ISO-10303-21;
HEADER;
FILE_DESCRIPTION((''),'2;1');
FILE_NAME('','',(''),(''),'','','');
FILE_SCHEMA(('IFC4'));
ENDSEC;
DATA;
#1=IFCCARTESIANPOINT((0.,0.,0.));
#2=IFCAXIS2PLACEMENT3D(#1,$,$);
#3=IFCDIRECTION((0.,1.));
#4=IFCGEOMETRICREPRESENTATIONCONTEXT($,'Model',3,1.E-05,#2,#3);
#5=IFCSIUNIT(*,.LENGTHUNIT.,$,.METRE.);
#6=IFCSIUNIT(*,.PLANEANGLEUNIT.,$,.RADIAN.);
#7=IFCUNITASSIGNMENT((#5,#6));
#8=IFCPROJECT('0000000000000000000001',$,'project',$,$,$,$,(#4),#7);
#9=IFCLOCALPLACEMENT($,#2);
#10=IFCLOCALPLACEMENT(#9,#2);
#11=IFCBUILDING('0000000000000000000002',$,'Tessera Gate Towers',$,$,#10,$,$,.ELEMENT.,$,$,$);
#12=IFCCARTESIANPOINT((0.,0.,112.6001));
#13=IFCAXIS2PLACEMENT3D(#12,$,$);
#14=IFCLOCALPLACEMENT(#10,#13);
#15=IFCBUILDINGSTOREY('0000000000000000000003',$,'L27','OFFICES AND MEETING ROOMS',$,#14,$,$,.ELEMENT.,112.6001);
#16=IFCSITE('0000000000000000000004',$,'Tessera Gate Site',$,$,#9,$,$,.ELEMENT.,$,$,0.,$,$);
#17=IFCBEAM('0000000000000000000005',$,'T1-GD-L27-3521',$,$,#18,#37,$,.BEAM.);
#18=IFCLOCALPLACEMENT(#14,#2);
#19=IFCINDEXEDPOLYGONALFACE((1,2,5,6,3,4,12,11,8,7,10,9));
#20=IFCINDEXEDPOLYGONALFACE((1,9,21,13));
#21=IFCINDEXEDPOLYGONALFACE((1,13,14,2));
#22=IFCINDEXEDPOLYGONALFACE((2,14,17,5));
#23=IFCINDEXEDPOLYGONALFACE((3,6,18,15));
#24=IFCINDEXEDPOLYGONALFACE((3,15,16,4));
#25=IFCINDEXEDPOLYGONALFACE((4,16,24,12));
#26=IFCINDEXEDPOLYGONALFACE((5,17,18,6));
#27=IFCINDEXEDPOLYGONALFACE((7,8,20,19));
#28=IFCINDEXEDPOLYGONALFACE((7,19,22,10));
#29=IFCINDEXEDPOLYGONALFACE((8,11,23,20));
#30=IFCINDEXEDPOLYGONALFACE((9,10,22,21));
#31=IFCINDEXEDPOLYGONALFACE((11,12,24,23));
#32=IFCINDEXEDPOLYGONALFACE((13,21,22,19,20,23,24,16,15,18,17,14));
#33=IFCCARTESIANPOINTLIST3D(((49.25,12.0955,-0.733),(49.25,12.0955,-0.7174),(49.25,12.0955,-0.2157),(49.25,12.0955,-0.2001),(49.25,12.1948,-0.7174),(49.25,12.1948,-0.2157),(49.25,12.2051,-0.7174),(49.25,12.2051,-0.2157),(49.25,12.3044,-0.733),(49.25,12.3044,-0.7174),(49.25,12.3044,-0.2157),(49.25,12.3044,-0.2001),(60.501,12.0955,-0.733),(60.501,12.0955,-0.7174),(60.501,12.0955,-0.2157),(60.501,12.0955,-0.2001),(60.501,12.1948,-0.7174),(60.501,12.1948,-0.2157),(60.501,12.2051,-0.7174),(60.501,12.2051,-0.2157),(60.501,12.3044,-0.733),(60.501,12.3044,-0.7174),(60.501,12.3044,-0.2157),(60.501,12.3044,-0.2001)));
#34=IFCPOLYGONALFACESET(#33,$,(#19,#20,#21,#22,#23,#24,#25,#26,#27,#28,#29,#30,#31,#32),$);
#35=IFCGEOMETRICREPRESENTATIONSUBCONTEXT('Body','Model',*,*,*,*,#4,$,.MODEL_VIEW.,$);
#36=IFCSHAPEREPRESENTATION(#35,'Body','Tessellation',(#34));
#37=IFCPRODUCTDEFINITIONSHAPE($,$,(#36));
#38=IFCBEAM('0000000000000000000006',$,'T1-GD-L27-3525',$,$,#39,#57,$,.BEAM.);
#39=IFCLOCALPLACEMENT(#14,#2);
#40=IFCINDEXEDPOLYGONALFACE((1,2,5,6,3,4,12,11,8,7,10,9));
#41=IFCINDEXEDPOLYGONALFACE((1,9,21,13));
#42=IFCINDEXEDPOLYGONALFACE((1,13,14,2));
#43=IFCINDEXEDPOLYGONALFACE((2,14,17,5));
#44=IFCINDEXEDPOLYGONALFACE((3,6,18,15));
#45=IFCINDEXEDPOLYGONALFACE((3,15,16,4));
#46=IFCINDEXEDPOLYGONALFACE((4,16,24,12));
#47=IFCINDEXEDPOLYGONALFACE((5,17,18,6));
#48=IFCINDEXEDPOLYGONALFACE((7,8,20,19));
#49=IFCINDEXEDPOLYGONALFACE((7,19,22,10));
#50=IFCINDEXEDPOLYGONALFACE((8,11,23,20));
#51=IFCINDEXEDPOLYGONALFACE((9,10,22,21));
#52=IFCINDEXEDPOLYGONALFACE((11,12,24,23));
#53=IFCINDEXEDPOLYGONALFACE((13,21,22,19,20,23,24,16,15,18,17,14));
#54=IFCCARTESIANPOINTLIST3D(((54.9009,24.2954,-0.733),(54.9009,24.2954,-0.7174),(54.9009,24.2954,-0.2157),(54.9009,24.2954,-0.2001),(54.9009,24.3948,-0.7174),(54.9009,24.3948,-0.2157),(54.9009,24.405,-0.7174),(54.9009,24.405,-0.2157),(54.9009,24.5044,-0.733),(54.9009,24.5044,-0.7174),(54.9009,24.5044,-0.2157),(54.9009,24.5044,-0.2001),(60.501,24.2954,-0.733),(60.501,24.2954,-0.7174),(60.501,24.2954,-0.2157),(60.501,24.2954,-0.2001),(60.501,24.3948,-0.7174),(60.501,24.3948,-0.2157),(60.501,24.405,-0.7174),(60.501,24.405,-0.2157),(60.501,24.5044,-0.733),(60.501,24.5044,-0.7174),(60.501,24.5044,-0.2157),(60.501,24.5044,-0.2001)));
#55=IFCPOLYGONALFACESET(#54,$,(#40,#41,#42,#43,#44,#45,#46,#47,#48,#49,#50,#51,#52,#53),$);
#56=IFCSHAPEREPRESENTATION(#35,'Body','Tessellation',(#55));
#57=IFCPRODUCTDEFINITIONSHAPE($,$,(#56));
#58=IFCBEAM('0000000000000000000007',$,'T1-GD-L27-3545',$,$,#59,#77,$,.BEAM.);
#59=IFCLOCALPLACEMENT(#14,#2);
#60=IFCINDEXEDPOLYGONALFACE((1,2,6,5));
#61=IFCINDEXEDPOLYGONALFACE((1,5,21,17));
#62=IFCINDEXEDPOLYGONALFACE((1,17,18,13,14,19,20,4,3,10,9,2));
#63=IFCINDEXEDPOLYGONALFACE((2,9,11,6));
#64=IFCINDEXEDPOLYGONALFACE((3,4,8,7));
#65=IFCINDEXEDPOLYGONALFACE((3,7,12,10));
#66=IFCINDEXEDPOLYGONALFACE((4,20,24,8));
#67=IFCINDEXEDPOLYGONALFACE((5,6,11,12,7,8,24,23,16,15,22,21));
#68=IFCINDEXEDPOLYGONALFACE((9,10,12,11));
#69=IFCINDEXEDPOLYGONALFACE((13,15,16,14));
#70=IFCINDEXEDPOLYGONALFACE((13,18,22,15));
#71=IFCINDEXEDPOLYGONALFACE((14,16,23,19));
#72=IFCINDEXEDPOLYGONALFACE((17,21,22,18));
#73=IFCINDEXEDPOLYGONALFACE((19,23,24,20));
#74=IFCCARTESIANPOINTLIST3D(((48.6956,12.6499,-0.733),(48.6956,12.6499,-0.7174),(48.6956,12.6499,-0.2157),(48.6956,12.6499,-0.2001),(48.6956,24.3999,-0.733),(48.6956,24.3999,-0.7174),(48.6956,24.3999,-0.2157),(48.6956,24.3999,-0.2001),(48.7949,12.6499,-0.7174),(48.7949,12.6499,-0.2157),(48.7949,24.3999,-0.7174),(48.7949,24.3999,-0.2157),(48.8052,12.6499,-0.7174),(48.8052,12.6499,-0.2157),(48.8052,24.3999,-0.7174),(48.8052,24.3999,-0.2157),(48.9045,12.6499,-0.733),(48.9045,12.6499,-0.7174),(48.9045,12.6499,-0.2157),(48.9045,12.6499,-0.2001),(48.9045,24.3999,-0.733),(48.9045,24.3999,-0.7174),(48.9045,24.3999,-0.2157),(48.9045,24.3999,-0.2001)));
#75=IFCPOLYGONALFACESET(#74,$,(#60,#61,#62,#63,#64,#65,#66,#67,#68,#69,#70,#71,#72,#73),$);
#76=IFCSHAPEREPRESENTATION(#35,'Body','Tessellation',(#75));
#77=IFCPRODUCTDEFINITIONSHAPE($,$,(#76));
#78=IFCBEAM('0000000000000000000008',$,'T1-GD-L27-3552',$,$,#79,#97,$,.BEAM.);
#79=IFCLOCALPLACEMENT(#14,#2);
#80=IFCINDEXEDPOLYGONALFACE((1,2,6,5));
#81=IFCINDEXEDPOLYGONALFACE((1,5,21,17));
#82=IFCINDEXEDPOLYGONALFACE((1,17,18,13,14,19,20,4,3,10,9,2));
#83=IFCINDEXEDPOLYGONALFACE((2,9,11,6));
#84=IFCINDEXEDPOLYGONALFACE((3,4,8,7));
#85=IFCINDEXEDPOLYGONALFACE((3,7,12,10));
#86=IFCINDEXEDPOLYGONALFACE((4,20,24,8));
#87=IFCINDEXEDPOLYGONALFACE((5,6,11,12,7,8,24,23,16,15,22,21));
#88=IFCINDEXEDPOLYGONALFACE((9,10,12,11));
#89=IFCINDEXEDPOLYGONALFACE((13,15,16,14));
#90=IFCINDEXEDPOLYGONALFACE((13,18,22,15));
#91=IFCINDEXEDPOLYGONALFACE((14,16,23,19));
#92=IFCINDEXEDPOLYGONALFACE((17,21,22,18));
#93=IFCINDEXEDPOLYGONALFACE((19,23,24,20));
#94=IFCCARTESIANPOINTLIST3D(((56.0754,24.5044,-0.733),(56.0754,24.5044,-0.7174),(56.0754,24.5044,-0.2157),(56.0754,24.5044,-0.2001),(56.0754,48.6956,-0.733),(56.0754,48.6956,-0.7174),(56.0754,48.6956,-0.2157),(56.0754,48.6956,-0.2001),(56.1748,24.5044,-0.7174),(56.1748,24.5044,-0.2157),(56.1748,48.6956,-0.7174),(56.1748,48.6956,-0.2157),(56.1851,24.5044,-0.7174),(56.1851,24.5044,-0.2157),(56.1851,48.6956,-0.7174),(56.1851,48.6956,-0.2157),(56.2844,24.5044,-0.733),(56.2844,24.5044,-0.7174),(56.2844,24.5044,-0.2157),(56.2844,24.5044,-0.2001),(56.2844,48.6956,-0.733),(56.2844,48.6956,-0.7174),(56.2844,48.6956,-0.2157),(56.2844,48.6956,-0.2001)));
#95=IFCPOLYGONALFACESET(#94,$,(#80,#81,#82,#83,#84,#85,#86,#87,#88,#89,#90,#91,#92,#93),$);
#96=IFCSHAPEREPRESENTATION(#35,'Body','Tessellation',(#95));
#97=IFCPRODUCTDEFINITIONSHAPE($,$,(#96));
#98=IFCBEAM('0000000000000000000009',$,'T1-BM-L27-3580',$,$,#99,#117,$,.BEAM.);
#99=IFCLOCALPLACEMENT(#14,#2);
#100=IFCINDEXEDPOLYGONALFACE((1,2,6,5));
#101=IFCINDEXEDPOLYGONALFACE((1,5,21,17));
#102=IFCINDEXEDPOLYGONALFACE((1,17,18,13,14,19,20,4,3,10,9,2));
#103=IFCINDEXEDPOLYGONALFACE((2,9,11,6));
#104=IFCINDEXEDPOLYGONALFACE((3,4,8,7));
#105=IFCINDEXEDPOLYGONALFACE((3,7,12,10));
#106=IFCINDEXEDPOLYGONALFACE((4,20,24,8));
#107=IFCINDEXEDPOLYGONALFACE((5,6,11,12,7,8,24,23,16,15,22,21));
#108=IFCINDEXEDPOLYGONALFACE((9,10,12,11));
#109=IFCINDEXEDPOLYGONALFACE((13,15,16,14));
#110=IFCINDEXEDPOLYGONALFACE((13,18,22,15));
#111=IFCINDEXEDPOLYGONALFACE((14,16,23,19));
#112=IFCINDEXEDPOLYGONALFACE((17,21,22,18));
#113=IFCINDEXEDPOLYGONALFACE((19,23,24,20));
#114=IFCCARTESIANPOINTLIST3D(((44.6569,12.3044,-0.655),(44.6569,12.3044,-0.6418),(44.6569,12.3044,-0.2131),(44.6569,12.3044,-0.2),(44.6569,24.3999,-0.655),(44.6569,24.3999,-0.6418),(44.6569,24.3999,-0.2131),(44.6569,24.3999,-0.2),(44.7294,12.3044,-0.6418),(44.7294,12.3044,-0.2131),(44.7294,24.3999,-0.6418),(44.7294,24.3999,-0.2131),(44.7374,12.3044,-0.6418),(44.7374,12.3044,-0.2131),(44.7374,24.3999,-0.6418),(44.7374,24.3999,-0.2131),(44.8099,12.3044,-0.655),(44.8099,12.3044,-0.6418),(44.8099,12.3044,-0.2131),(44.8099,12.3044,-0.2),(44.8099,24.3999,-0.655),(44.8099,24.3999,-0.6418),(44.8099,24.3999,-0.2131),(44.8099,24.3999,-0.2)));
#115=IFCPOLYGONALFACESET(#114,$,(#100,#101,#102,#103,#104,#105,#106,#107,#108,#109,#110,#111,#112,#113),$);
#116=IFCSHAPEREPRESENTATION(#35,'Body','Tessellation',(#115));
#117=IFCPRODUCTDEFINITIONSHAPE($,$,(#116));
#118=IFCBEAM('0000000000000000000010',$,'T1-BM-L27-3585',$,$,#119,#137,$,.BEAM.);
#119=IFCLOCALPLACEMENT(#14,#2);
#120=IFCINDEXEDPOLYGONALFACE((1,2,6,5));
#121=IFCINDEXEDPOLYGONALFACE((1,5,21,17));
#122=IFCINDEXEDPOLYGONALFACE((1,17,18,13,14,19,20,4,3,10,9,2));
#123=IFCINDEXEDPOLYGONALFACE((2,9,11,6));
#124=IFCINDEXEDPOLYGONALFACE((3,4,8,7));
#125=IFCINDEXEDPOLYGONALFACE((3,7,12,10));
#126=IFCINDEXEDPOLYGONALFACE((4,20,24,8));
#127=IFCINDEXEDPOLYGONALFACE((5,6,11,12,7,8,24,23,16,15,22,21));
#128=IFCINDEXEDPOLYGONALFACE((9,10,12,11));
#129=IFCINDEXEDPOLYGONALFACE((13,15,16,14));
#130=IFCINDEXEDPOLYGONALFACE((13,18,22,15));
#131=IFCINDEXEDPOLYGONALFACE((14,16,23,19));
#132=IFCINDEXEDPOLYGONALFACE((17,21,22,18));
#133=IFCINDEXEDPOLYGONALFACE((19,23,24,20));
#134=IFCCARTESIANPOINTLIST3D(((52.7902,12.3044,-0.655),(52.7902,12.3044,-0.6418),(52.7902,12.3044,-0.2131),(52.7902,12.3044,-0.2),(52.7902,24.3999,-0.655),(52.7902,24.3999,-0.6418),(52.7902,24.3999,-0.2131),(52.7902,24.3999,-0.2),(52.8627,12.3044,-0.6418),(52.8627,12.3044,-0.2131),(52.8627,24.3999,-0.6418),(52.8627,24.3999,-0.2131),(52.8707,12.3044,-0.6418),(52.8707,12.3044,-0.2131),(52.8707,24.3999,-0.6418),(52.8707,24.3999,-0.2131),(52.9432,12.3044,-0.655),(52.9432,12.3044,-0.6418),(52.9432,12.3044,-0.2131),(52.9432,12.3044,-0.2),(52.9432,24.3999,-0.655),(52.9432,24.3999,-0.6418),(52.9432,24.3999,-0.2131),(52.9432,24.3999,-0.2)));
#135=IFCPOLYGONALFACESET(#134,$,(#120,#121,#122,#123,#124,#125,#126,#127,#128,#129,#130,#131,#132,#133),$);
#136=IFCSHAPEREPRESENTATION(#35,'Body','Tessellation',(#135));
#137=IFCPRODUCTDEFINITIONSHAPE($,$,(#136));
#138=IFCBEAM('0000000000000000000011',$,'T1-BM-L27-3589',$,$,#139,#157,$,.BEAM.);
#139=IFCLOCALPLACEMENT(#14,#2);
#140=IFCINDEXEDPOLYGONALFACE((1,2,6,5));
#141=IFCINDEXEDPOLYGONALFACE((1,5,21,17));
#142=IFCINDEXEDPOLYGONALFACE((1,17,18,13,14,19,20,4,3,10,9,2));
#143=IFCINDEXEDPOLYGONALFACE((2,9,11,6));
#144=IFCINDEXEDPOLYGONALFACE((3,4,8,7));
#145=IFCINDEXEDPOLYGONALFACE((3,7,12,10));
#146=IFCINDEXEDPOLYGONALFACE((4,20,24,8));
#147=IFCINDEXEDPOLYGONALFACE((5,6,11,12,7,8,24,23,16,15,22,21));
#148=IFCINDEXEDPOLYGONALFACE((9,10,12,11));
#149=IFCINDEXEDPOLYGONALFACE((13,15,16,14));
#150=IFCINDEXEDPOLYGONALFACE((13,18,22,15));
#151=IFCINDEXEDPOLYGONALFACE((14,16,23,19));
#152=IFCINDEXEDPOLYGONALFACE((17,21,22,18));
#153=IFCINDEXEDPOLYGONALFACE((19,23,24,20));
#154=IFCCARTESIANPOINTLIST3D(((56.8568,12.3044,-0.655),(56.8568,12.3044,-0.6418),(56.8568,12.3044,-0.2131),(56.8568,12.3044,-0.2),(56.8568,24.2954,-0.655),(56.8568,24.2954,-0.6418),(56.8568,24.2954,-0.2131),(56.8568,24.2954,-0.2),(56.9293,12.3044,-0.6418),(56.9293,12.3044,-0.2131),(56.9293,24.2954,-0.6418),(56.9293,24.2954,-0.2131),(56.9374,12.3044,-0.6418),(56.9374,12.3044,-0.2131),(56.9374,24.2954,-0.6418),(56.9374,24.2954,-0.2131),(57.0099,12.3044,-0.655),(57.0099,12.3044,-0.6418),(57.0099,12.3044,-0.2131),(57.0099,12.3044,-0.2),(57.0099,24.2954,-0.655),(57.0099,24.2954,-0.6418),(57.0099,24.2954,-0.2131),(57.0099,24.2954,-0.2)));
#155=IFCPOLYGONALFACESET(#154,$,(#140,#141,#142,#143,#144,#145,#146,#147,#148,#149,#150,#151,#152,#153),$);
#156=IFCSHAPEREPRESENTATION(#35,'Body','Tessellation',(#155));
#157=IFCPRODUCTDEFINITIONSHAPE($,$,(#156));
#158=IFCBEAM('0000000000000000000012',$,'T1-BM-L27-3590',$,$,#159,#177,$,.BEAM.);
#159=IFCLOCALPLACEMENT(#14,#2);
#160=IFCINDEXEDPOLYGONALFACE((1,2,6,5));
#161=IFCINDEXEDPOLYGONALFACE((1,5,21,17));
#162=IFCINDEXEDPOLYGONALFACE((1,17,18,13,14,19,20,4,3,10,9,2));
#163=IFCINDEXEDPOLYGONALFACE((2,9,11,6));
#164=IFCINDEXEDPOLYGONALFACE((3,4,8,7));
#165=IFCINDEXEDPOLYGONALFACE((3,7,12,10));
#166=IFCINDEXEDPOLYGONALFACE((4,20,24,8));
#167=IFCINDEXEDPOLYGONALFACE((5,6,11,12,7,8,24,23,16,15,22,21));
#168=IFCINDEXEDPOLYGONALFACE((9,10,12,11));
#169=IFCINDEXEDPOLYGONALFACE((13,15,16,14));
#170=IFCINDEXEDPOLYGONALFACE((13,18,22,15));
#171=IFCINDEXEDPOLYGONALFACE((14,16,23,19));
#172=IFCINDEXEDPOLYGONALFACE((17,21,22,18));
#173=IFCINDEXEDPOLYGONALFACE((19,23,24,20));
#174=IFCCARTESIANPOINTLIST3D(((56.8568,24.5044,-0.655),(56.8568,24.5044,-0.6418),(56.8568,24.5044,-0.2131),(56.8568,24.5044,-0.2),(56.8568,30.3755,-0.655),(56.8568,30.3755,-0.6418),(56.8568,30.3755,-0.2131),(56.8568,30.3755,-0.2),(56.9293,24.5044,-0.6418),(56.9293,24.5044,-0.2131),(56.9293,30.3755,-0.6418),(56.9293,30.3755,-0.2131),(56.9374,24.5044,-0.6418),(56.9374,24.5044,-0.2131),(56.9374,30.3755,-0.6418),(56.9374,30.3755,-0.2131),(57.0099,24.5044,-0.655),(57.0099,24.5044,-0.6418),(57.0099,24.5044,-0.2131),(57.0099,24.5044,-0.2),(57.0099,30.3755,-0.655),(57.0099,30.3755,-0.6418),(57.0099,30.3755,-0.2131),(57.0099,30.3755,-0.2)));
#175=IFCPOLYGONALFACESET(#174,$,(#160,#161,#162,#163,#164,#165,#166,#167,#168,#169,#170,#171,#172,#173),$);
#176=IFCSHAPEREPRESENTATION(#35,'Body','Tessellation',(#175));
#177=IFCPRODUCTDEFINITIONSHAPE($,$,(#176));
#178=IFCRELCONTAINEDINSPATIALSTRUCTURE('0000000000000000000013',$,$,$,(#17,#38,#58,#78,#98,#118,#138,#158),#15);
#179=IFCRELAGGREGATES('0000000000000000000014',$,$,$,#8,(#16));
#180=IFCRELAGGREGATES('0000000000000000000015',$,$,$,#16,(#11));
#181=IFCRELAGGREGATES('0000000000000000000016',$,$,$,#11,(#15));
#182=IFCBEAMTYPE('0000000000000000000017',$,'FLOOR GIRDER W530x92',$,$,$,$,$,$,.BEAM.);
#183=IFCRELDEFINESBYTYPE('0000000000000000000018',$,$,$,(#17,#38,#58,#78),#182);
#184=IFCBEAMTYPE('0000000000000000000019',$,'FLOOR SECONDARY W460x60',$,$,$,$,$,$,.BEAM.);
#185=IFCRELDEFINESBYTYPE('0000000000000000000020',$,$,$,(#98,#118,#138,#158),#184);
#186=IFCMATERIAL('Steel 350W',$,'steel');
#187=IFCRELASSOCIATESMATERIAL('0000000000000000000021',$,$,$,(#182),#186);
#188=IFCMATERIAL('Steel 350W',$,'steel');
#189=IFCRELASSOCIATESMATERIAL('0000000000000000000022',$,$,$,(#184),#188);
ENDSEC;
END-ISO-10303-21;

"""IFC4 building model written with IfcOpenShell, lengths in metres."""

from ifc_helpers import new_model, si_unit, direction, frame, origin, origin_2d, place, context, subcontext, project, spatial, i_section, extrude, material, material_profile, profile_set, type_object, element, save


model = new_model("IFC4")

# Units and contexts
model_context = context("Model", 3, precision=1e-05, world=origin(), true_north=direction((0.0, 1.0)))
body_context = subcontext(model_context, "Body", "Model", "MODEL_VIEW")
ifc_project = project(units=[si_unit("LENGTHUNIT", "METRE"), si_unit("PLANEANGLEUNIT", "RADIAN")], contexts=[model_context])

# Site, building, storey
site_placement = place(None, origin())
site = spatial("IfcSite", under=ifc_project, at=site_placement, Name="Tessera Gate Site", CompositionType="ELEMENT", RefElevation=0.0)
building_placement = place(site_placement, origin())
building = spatial("IfcBuilding", under=site, at=building_placement, Name="Tessera Gate Towers", CompositionType="ELEMENT")
storey_placement = place(building_placement, frame((0.0, 0.0, 112.6001)))
storey = spatial("IfcBuildingStorey", under=building, at=storey_placement, Name="L27", Description="OFFICES AND MEETING ROOMS", CompositionType="ELEMENT", Elevation=112.6001)

# Beams
ifc_material_1 = material(Name="Steel 350W", Category="steel")
ifc_material_profile_1 = material_profile(ifc_material_1, i_section(OverallWidth=0.209, OverallDepth=0.533, WebThickness=0.0103, FlangeThickness=0.0156, at=origin_2d()), Name="W530x92")
ifc_profile_set_1 = profile_set([ifc_material_profile_1], Name="Steel 350W")
beam_type_1 = type_object("IfcBeamType", Name="FLOOR GIRDER W530x92", PredefinedType="BEAM", material=ifc_profile_set_1)
beam_1_placement = place(storey_placement, frame((49.25, 12.2, -0.4666), z_axis=(1.0, 0.0, 0.0), x_axis=(0.0, 1.0, 0.0)))
element("IfcBeam", 1, at=beam_1_placement, inside=storey, type_object=beam_type_1, Name="T1-GD-L27-3521", PredefinedType="BEAM", context=body_context, shape_type="SweptSolid", body=[
    extrude(i_section(OverallWidth=0.209, OverallDepth=0.533, WebThickness=0.0103, FlangeThickness=0.0156, at=origin_2d()), origin(), (0.0, 0.0, 1.0), 11.251),
])
beam_2_placement = place(storey_placement, frame((54.9009, 24.3999, -0.4666), z_axis=(1.0, 0.0, 0.0), x_axis=(0.0, 1.0, 0.0)))
element("IfcBeam", 2, at=beam_2_placement, inside=storey, type_object=beam_type_1, Name="T1-GD-L27-3525", PredefinedType="BEAM", context=body_context, shape_type="SweptSolid", body=[
    extrude(i_section(OverallWidth=0.209, OverallDepth=0.533, WebThickness=0.0103, FlangeThickness=0.0156, at=origin_2d()), origin(), (0.0, 0.0, 1.0), 5.6001),
])
beam_3_placement = place(storey_placement, frame((48.8, 12.6499, -0.4666), z_axis=(0.0, 1.0, 0.0), x_axis=(-1.0, 0.0, 0.0)))
element("IfcBeam", 3, at=beam_3_placement, inside=storey, type_object=beam_type_1, Name="T1-GD-L27-3545", PredefinedType="BEAM", context=body_context, shape_type="SweptSolid", body=[
    extrude(i_section(OverallWidth=0.209, OverallDepth=0.533, WebThickness=0.0103, FlangeThickness=0.0156, at=origin_2d()), origin(), (0.0, 0.0, 1.0), 11.75),
])
beam_4_placement = place(storey_placement, frame((56.1799, 24.5044, -0.4666), z_axis=(0.0, 1.0, 0.0), x_axis=(-1.0, 0.0, 0.0)))
element("IfcBeam", 4, at=beam_4_placement, inside=storey, type_object=beam_type_1, Name="T1-GD-L27-3552", PredefinedType="BEAM", context=body_context, shape_type="SweptSolid", body=[
    extrude(i_section(OverallWidth=0.209, OverallDepth=0.533, WebThickness=0.0103, FlangeThickness=0.0156, at=origin_2d()), origin(), (0.0, 0.0, 1.0), 24.1912),
])
ifc_material_2 = material(Name="Steel 350W", Category="steel")
ifc_material_profile_2 = material_profile(ifc_material_2, i_section(OverallWidth=0.1531, OverallDepth=0.4551, WebThickness=0.0081, FlangeThickness=0.0132, at=origin_2d()), Name="W460x60")
ifc_profile_set_2 = profile_set([ifc_material_profile_2], Name="Steel 350W")
beam_type_2 = type_object("IfcBeamType", Name="FLOOR SECONDARY W460x60", PredefinedType="BEAM", material=ifc_profile_set_2)
for number, where, z_axis, x_axis, name in (
    (5, (44.7334, 12.3044, -0.4275), (0.0, 1.0, 0.0), (-1.0, 0.0, 0.0), "T1-BM-L27-3580"),
    (6, (52.8667, 12.3044, -0.4275), (0.0, 1.0, 0.0), (-1.0, 0.0, 0.0), "T1-BM-L27-3585"),
):
    element("IfcBeam", number, at=place(storey_placement, frame(where, z_axis=z_axis, x_axis=x_axis)), inside=storey, type_object=beam_type_2, Name=name, PredefinedType="BEAM", context=body_context, shape_type="SweptSolid", body=[
        extrude(i_section(OverallWidth=0.1531, OverallDepth=0.4551, WebThickness=0.0081, FlangeThickness=0.0132, at=origin_2d()), origin(), (0.0, 0.0, 1.0), 12.0955),
    ])
beam_5_placement = place(storey_placement, frame((56.9333, 12.3044, -0.4275), z_axis=(0.0, 1.0, 0.0), x_axis=(-1.0, 0.0, 0.0)))
element("IfcBeam", 7, at=beam_5_placement, inside=storey, type_object=beam_type_2, Name="T1-BM-L27-3589", PredefinedType="BEAM", context=body_context, shape_type="SweptSolid", body=[
    extrude(i_section(OverallWidth=0.1531, OverallDepth=0.4551, WebThickness=0.0081, FlangeThickness=0.0132, at=origin_2d()), origin(), (0.0, 0.0, 1.0), 11.991),
])
beam_6_placement = place(storey_placement, frame((56.9333, 24.5044, -0.4275), z_axis=(0.0, 1.0, 0.0), x_axis=(-1.0, 0.0, 0.0)))
element("IfcBeam", 8, at=beam_6_placement, inside=storey, type_object=beam_type_2, Name="T1-BM-L27-3590", PredefinedType="BEAM", context=body_context, shape_type="SweptSolid", body=[
    extrude(i_section(OverallWidth=0.1531, OverallDepth=0.4551, WebThickness=0.0081, FlangeThickness=0.0132, at=origin_2d()), origin(), (0.0, 0.0, 1.0), 5.8711),
])

save(model, "model.ifc")
